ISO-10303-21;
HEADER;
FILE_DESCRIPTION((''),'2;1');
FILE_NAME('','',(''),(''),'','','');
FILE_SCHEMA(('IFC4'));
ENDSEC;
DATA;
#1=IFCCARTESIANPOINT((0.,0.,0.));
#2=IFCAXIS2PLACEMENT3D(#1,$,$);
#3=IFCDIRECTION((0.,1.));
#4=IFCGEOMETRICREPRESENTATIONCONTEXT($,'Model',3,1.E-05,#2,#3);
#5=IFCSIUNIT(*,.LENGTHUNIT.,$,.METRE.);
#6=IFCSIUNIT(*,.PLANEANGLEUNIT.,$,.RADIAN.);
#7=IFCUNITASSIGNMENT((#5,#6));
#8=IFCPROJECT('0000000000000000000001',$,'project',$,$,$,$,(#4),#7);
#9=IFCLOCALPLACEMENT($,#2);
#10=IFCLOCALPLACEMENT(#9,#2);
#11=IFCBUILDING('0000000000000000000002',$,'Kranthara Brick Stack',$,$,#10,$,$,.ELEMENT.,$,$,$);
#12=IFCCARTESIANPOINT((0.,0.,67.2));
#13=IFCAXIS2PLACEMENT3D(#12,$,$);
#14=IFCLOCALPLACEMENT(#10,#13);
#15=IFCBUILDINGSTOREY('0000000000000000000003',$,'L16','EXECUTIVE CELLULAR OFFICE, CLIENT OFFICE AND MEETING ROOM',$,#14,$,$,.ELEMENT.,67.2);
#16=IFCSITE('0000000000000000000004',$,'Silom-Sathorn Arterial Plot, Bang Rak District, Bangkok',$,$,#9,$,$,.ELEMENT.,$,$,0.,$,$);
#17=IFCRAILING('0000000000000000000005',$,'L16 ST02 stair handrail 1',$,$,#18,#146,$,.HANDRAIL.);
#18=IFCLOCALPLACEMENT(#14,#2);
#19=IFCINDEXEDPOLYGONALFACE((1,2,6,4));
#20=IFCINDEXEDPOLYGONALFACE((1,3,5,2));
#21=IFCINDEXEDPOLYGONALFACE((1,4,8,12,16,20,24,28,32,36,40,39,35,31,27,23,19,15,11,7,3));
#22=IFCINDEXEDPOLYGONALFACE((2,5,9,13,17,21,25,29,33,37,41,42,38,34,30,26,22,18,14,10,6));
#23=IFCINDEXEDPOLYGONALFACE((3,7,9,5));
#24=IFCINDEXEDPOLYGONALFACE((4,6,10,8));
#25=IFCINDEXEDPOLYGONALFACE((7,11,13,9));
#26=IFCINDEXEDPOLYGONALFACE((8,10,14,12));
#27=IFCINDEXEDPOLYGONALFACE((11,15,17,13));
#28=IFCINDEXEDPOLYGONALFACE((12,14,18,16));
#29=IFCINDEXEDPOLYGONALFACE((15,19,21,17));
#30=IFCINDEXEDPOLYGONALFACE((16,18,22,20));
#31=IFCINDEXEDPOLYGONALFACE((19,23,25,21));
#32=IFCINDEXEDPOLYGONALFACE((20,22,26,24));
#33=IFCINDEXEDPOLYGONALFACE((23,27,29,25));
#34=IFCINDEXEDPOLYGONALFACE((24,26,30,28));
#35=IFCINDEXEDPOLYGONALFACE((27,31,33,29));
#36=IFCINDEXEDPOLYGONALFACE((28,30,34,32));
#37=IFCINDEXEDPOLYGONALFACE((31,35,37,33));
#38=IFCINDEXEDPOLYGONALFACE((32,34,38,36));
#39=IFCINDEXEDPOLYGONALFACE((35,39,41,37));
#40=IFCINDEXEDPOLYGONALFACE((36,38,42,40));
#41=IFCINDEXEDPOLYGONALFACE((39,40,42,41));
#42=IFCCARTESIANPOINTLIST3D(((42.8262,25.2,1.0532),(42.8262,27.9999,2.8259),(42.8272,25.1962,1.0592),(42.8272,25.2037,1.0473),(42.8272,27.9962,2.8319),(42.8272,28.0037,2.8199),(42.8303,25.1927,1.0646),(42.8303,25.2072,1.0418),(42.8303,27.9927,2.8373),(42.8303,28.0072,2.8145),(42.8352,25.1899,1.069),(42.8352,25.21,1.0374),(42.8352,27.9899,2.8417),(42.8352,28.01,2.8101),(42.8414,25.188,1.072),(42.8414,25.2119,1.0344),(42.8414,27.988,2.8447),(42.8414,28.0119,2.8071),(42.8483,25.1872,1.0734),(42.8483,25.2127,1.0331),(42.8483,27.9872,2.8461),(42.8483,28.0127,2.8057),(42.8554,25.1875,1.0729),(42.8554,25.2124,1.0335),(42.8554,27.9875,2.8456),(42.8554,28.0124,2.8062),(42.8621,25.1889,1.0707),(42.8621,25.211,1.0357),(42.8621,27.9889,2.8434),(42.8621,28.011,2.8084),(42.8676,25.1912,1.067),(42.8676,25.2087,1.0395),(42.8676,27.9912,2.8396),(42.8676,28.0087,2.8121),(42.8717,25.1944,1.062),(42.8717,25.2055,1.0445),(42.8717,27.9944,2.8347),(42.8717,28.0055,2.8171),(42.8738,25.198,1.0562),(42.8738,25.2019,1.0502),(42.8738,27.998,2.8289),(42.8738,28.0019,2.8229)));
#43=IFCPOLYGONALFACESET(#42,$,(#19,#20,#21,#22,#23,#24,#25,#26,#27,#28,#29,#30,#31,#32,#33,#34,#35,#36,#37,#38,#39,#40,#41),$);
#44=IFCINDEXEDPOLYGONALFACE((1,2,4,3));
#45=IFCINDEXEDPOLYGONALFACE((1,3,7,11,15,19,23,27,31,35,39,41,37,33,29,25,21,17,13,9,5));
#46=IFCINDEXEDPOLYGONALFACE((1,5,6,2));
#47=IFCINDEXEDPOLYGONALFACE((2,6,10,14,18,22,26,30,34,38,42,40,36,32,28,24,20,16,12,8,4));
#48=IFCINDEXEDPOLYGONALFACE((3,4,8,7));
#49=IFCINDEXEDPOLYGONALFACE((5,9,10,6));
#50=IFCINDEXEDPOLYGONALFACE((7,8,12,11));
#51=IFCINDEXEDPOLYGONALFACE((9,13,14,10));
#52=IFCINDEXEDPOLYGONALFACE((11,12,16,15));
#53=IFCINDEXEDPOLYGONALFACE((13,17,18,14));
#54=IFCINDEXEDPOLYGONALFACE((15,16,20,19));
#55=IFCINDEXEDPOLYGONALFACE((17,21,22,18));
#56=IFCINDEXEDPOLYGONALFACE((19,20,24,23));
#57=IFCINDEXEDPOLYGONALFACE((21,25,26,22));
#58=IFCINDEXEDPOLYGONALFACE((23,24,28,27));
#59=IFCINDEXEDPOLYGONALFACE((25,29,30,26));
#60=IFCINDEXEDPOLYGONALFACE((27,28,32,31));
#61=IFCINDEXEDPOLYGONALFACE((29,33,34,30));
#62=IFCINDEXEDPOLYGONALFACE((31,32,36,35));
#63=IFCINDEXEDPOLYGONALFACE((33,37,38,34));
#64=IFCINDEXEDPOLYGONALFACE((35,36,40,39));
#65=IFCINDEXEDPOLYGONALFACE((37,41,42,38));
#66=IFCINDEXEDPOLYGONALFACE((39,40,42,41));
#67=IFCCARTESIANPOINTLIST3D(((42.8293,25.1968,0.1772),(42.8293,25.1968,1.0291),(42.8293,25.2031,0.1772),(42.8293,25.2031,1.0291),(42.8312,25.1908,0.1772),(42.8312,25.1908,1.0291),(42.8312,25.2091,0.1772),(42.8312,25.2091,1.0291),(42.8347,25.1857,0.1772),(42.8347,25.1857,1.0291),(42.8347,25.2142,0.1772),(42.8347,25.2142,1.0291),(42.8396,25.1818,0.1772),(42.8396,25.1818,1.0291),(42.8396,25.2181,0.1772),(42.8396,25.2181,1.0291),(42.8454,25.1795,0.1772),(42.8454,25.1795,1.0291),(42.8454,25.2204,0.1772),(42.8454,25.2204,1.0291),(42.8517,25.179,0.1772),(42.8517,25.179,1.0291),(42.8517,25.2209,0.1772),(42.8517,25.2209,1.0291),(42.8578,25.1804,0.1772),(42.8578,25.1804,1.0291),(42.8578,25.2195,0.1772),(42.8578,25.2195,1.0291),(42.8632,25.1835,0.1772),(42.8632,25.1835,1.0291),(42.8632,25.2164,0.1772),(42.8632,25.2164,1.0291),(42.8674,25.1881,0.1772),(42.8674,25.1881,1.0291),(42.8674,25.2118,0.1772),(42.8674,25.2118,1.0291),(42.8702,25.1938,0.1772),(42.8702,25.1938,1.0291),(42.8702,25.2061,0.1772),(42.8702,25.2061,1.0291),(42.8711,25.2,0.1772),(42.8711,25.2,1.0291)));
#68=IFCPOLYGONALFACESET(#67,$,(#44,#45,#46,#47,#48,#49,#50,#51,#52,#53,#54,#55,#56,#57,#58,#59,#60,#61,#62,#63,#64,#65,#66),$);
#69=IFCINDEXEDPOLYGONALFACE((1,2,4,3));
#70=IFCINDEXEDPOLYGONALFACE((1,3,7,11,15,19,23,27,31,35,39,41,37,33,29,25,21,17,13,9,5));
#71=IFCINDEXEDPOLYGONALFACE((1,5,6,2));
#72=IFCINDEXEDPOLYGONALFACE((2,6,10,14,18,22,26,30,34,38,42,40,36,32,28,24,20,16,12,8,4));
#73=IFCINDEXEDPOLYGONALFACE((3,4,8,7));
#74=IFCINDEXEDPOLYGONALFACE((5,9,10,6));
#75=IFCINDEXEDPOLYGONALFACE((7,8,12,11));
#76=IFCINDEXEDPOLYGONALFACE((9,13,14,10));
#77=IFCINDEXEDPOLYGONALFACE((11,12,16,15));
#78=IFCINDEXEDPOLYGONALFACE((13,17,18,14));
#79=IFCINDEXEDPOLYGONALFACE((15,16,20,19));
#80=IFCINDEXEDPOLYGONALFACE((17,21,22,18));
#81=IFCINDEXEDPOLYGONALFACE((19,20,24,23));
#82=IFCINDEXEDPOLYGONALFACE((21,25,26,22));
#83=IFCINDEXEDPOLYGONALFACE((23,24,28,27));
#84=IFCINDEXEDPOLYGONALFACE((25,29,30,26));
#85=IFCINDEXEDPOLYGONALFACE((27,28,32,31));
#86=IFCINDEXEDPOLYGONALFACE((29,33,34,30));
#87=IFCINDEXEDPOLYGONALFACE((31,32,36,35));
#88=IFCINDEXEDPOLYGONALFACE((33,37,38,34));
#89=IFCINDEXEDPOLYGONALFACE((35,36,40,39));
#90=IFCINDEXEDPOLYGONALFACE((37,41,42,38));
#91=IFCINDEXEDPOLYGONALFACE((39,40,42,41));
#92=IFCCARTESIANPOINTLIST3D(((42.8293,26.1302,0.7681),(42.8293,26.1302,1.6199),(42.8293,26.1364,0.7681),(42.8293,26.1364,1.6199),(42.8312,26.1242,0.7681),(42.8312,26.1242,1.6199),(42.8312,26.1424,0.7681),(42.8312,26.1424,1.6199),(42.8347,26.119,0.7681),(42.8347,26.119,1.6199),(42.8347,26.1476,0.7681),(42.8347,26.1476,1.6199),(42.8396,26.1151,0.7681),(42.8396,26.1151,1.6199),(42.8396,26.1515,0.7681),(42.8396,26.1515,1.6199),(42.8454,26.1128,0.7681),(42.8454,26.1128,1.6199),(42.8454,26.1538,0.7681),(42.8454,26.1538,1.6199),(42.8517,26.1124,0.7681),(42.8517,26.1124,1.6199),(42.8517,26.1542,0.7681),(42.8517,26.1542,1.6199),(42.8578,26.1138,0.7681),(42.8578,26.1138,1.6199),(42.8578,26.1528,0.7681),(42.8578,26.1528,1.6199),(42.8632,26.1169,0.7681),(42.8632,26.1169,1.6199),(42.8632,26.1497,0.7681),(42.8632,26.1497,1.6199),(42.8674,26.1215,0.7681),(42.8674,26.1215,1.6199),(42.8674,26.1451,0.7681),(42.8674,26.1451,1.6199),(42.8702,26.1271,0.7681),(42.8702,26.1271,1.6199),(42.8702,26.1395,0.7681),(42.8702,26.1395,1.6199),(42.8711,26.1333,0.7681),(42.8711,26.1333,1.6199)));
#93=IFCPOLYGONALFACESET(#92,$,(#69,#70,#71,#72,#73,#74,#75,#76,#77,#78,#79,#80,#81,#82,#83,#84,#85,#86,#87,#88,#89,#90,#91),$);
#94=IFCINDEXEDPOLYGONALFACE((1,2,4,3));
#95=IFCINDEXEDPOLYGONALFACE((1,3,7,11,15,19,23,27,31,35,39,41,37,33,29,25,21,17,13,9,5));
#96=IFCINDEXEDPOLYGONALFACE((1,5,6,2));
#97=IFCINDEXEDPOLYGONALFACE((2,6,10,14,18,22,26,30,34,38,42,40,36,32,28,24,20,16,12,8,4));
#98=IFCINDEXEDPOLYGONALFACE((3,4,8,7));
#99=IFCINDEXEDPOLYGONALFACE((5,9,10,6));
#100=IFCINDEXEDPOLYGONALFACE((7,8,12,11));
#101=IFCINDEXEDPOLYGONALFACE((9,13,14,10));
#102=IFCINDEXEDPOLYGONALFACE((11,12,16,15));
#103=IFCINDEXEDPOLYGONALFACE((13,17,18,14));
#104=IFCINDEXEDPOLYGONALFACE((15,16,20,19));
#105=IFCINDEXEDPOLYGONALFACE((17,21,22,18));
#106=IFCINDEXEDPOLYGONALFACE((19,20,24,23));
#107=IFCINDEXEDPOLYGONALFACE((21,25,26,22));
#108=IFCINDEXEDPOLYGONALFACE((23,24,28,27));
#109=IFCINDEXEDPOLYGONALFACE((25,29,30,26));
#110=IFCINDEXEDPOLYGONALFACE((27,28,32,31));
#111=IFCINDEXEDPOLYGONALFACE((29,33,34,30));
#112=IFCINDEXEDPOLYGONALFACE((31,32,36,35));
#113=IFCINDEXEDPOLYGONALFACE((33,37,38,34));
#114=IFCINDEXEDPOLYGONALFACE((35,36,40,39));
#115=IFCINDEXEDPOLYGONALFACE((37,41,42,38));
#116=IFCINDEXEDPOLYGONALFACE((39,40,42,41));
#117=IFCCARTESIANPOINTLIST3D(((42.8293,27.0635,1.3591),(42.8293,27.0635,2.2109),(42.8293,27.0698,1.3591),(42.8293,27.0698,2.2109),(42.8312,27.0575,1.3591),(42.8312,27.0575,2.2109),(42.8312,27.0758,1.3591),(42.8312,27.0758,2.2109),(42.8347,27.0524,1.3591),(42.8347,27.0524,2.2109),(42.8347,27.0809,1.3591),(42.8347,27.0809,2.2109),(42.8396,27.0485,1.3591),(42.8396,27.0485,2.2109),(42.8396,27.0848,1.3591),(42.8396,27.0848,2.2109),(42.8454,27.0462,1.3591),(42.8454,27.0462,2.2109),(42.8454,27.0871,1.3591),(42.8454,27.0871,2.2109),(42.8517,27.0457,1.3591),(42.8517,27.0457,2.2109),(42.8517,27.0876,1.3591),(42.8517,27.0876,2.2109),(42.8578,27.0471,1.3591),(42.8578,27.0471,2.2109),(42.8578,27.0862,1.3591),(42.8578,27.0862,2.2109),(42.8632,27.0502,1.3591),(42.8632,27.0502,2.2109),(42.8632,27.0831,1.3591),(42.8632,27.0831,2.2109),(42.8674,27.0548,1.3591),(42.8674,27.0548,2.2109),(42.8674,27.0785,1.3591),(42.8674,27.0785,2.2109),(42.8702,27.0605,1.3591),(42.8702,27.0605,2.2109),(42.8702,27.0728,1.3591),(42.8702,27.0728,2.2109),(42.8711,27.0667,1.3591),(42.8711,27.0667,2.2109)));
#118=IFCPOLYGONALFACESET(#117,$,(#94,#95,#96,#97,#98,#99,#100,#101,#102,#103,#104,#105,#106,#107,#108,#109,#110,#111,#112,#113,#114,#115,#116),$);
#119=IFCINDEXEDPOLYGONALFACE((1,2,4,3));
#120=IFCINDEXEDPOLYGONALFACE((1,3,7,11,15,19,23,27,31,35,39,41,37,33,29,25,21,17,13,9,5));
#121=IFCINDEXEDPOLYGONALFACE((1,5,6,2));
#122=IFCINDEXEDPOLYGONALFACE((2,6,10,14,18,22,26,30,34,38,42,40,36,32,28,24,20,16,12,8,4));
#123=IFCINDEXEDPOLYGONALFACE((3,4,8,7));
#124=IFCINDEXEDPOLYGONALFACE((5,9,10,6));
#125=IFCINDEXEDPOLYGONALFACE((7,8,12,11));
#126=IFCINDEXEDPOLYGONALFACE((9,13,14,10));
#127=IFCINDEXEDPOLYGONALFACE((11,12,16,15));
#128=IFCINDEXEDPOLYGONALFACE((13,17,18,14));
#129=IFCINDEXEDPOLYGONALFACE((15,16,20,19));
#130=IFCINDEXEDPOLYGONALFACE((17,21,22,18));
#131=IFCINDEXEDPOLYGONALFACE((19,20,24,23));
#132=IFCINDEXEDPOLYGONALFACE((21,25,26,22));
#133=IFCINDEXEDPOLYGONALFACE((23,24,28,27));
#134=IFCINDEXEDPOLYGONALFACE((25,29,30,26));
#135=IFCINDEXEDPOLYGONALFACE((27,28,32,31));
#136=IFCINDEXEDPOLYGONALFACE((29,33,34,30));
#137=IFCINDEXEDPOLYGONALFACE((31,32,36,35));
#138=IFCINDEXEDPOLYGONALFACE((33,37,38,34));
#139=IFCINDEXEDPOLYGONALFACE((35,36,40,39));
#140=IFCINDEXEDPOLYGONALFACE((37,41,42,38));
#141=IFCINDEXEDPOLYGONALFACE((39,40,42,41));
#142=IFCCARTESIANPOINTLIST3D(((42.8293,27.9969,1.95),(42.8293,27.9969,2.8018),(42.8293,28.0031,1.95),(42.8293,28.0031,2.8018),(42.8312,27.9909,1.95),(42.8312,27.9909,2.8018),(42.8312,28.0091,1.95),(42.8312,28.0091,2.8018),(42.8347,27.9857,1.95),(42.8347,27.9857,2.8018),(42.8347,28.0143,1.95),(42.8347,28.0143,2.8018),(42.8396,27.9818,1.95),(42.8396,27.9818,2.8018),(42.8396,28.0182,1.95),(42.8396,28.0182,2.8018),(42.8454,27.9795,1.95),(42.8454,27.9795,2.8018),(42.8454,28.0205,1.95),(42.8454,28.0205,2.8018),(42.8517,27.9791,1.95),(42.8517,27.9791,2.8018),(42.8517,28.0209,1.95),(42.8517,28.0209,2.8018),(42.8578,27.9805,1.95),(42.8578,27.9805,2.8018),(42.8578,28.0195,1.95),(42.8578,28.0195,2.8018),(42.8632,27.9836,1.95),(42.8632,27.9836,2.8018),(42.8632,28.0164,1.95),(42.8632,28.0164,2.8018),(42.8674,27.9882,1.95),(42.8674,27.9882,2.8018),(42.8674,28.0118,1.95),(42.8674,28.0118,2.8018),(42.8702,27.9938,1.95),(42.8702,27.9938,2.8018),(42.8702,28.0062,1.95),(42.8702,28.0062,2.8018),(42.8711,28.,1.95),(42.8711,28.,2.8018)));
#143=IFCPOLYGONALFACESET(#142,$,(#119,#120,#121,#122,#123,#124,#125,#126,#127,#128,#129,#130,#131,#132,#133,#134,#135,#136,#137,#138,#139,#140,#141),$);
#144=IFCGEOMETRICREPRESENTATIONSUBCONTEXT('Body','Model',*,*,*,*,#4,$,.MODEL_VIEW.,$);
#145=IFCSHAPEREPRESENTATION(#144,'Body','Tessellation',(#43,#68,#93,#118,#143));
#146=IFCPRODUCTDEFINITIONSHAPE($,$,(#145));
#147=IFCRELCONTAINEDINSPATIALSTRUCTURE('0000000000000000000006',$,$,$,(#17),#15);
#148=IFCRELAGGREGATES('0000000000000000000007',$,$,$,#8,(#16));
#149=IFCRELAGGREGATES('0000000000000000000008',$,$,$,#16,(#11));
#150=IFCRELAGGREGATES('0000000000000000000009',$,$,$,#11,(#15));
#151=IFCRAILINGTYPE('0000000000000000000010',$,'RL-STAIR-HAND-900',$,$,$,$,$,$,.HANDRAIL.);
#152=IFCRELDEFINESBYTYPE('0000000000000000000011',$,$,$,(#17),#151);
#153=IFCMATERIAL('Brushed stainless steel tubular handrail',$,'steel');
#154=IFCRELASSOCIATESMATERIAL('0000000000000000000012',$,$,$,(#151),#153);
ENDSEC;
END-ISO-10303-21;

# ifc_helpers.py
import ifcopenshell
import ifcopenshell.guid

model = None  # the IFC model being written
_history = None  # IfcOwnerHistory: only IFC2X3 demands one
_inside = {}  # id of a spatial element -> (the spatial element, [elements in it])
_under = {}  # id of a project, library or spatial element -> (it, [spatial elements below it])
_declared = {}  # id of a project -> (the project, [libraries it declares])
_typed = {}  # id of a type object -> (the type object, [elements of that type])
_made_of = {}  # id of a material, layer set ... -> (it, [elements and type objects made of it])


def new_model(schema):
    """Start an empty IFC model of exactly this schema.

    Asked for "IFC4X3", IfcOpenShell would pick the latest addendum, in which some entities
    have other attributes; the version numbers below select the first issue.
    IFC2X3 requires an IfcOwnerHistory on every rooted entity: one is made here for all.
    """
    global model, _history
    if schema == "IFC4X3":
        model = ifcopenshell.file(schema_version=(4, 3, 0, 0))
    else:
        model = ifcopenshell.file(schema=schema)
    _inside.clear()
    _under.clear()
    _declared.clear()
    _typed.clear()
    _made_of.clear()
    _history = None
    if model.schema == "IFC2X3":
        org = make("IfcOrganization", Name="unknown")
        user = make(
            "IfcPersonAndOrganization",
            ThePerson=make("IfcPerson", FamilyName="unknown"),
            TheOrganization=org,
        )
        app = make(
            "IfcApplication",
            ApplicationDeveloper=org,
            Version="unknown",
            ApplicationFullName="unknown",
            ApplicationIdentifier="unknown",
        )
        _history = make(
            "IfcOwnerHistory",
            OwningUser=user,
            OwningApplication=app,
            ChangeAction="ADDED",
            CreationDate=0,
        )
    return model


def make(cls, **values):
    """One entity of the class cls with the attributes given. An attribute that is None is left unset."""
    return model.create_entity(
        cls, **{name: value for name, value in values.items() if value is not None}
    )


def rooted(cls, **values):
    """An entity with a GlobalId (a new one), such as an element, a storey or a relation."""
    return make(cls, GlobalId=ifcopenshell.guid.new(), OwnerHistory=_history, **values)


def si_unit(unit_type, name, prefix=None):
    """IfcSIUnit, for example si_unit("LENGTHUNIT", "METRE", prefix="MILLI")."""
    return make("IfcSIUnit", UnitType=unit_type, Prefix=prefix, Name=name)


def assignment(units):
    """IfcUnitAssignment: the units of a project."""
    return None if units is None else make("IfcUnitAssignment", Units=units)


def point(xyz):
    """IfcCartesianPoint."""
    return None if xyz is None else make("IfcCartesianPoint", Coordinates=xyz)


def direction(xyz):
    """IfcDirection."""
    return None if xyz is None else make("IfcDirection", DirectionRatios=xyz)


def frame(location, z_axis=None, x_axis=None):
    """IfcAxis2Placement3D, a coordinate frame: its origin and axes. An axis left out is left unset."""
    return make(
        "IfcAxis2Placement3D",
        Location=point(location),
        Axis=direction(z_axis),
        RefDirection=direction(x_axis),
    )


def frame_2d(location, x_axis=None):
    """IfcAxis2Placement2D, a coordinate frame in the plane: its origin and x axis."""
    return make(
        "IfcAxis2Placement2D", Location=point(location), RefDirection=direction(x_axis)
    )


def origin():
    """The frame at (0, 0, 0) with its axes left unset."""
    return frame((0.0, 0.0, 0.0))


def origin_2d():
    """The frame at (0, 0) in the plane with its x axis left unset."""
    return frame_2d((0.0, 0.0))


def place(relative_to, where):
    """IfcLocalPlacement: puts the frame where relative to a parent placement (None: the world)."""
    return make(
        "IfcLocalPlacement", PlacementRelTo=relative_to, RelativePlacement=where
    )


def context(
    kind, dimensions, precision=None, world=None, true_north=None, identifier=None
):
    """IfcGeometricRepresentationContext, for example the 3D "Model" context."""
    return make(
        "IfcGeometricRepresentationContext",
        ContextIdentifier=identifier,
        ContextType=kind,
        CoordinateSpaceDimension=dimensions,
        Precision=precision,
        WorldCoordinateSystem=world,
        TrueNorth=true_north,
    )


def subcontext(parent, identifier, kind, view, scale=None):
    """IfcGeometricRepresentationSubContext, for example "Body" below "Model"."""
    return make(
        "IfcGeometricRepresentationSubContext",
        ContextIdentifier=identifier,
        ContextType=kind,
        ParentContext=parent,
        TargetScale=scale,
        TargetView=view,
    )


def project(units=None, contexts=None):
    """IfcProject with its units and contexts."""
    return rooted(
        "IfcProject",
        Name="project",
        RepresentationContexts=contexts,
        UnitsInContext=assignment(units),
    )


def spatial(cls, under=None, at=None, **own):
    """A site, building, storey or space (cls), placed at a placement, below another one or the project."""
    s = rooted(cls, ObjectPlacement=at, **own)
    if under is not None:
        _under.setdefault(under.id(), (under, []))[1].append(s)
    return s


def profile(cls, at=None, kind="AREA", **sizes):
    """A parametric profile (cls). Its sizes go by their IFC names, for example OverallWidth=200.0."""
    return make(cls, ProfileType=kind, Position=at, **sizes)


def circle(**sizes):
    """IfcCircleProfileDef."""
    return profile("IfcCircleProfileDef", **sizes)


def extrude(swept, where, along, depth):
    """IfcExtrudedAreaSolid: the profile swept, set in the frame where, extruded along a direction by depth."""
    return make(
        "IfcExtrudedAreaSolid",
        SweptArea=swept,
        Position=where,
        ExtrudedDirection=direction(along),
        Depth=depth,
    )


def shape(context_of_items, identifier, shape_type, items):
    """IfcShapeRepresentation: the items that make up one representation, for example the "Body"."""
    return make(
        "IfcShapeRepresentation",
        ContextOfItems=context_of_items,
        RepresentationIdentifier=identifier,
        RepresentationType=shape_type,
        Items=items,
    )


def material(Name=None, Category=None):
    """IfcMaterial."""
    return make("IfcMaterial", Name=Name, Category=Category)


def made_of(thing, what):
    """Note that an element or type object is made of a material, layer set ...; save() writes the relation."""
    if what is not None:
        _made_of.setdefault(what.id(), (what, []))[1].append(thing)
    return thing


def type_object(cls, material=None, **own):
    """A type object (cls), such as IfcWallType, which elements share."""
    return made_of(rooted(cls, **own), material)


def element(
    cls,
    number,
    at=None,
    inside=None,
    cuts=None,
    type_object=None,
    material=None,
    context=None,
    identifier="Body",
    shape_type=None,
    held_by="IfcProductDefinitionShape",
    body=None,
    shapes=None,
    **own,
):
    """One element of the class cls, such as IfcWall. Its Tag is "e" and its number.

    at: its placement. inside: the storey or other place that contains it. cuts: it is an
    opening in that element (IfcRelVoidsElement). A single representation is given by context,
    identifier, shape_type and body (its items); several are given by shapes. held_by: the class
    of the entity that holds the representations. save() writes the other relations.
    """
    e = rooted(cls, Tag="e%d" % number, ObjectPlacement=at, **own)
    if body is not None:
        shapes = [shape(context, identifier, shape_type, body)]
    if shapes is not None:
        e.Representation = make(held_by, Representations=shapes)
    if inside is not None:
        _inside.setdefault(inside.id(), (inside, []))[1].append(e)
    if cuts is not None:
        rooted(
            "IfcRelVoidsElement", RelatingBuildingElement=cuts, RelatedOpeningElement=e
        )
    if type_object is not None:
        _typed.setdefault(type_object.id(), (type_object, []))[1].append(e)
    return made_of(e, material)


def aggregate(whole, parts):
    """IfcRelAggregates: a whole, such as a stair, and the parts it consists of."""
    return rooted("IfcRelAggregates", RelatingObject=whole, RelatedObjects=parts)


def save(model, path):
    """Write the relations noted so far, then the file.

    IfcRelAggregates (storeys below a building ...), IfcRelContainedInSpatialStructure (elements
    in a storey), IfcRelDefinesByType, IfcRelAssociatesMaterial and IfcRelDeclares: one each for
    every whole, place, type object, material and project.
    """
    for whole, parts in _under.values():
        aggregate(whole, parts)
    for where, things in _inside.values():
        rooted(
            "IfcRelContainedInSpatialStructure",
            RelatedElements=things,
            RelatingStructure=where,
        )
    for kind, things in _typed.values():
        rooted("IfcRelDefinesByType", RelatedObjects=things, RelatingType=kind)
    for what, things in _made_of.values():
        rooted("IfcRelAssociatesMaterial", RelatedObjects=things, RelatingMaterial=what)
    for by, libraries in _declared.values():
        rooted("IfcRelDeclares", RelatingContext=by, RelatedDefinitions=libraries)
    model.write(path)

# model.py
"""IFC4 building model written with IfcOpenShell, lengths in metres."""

from ifc_helpers import new_model, si_unit, direction, frame, origin, origin_2d, place, context, subcontext, project, spatial, circle, extrude, material, type_object, element, save


model = new_model("IFC4")

# Units and contexts
model_context = context("Model", 3, precision=1e-05, world=origin(), true_north=direction((0.0, 1.0)))
body_context = subcontext(model_context, "Body", "Model", "MODEL_VIEW")
ifc_project = project(units=[si_unit("LENGTHUNIT", "METRE"), si_unit("PLANEANGLEUNIT", "RADIAN")], contexts=[model_context])

# Site, building, storey
site_placement = place(None, origin())
site = spatial("IfcSite", under=ifc_project, at=site_placement, Name="Silom-Sathorn Arterial Plot, Bang Rak District, Bangkok", CompositionType="ELEMENT", RefElevation=0.0)
building_placement = place(site_placement, origin())
building = spatial("IfcBuilding", under=site, at=building_placement, Name="Kranthara Brick Stack", CompositionType="ELEMENT")
storey_placement = place(building_placement, frame((0.0, 0.0, 67.2)))
storey = spatial("IfcBuildingStorey", under=building, at=storey_placement, Name="L16", Description="EXECUTIVE CELLULAR OFFICE, CLIENT OFFICE AND MEETING ROOM", CompositionType="ELEMENT", Elevation=67.2)

# Railing
ifc_material_1 = material(Name="Brushed stainless steel tubular handrail", Category="steel")
railing_type_1 = type_object("IfcRailingType", Name="RL-STAIR-HAND-900", PredefinedType="HANDRAIL", material=ifc_material_1)
railing_1_placement = place(storey_placement, frame((42.8501, 25.2, 0.1772)))
element("IfcRailing", 1, at=railing_1_placement, inside=storey, type_object=railing_type_1, Name="L16 ST02 stair handrail 1", PredefinedType="HANDRAIL", context=body_context, shape_type="SweptSolid", body=[
    extrude(circle(Radius=0.0239, at=origin_2d()), frame((0.0, 0.0, 0.876), z_axis=(0.0, 0.844909, 0.53491), x_axis=(-1.0, 0.0, 0.0)), (0.0, 0.0, 1.0), 3.314),
    extrude(circle(Radius=0.021, at=origin_2d()), origin(), (0.0, 0.0, 1.0), 0.8518),
    extrude(circle(Radius=0.021, at=origin_2d()), frame((0.0, 0.9333, 0.5908)), (0.0, 0.0, 1.0), 0.8518),
    extrude(circle(Radius=0.021, at=origin_2d()), frame((0.0, 1.8667, 1.1819)), (0.0, 0.0, 1.0), 0.8518),
    extrude(circle(Radius=0.021, at=origin_2d()), frame((0.0, 2.8, 1.7727)), (0.0, 0.0, 1.0), 0.8518),
])

save(model, "model.ifc")
